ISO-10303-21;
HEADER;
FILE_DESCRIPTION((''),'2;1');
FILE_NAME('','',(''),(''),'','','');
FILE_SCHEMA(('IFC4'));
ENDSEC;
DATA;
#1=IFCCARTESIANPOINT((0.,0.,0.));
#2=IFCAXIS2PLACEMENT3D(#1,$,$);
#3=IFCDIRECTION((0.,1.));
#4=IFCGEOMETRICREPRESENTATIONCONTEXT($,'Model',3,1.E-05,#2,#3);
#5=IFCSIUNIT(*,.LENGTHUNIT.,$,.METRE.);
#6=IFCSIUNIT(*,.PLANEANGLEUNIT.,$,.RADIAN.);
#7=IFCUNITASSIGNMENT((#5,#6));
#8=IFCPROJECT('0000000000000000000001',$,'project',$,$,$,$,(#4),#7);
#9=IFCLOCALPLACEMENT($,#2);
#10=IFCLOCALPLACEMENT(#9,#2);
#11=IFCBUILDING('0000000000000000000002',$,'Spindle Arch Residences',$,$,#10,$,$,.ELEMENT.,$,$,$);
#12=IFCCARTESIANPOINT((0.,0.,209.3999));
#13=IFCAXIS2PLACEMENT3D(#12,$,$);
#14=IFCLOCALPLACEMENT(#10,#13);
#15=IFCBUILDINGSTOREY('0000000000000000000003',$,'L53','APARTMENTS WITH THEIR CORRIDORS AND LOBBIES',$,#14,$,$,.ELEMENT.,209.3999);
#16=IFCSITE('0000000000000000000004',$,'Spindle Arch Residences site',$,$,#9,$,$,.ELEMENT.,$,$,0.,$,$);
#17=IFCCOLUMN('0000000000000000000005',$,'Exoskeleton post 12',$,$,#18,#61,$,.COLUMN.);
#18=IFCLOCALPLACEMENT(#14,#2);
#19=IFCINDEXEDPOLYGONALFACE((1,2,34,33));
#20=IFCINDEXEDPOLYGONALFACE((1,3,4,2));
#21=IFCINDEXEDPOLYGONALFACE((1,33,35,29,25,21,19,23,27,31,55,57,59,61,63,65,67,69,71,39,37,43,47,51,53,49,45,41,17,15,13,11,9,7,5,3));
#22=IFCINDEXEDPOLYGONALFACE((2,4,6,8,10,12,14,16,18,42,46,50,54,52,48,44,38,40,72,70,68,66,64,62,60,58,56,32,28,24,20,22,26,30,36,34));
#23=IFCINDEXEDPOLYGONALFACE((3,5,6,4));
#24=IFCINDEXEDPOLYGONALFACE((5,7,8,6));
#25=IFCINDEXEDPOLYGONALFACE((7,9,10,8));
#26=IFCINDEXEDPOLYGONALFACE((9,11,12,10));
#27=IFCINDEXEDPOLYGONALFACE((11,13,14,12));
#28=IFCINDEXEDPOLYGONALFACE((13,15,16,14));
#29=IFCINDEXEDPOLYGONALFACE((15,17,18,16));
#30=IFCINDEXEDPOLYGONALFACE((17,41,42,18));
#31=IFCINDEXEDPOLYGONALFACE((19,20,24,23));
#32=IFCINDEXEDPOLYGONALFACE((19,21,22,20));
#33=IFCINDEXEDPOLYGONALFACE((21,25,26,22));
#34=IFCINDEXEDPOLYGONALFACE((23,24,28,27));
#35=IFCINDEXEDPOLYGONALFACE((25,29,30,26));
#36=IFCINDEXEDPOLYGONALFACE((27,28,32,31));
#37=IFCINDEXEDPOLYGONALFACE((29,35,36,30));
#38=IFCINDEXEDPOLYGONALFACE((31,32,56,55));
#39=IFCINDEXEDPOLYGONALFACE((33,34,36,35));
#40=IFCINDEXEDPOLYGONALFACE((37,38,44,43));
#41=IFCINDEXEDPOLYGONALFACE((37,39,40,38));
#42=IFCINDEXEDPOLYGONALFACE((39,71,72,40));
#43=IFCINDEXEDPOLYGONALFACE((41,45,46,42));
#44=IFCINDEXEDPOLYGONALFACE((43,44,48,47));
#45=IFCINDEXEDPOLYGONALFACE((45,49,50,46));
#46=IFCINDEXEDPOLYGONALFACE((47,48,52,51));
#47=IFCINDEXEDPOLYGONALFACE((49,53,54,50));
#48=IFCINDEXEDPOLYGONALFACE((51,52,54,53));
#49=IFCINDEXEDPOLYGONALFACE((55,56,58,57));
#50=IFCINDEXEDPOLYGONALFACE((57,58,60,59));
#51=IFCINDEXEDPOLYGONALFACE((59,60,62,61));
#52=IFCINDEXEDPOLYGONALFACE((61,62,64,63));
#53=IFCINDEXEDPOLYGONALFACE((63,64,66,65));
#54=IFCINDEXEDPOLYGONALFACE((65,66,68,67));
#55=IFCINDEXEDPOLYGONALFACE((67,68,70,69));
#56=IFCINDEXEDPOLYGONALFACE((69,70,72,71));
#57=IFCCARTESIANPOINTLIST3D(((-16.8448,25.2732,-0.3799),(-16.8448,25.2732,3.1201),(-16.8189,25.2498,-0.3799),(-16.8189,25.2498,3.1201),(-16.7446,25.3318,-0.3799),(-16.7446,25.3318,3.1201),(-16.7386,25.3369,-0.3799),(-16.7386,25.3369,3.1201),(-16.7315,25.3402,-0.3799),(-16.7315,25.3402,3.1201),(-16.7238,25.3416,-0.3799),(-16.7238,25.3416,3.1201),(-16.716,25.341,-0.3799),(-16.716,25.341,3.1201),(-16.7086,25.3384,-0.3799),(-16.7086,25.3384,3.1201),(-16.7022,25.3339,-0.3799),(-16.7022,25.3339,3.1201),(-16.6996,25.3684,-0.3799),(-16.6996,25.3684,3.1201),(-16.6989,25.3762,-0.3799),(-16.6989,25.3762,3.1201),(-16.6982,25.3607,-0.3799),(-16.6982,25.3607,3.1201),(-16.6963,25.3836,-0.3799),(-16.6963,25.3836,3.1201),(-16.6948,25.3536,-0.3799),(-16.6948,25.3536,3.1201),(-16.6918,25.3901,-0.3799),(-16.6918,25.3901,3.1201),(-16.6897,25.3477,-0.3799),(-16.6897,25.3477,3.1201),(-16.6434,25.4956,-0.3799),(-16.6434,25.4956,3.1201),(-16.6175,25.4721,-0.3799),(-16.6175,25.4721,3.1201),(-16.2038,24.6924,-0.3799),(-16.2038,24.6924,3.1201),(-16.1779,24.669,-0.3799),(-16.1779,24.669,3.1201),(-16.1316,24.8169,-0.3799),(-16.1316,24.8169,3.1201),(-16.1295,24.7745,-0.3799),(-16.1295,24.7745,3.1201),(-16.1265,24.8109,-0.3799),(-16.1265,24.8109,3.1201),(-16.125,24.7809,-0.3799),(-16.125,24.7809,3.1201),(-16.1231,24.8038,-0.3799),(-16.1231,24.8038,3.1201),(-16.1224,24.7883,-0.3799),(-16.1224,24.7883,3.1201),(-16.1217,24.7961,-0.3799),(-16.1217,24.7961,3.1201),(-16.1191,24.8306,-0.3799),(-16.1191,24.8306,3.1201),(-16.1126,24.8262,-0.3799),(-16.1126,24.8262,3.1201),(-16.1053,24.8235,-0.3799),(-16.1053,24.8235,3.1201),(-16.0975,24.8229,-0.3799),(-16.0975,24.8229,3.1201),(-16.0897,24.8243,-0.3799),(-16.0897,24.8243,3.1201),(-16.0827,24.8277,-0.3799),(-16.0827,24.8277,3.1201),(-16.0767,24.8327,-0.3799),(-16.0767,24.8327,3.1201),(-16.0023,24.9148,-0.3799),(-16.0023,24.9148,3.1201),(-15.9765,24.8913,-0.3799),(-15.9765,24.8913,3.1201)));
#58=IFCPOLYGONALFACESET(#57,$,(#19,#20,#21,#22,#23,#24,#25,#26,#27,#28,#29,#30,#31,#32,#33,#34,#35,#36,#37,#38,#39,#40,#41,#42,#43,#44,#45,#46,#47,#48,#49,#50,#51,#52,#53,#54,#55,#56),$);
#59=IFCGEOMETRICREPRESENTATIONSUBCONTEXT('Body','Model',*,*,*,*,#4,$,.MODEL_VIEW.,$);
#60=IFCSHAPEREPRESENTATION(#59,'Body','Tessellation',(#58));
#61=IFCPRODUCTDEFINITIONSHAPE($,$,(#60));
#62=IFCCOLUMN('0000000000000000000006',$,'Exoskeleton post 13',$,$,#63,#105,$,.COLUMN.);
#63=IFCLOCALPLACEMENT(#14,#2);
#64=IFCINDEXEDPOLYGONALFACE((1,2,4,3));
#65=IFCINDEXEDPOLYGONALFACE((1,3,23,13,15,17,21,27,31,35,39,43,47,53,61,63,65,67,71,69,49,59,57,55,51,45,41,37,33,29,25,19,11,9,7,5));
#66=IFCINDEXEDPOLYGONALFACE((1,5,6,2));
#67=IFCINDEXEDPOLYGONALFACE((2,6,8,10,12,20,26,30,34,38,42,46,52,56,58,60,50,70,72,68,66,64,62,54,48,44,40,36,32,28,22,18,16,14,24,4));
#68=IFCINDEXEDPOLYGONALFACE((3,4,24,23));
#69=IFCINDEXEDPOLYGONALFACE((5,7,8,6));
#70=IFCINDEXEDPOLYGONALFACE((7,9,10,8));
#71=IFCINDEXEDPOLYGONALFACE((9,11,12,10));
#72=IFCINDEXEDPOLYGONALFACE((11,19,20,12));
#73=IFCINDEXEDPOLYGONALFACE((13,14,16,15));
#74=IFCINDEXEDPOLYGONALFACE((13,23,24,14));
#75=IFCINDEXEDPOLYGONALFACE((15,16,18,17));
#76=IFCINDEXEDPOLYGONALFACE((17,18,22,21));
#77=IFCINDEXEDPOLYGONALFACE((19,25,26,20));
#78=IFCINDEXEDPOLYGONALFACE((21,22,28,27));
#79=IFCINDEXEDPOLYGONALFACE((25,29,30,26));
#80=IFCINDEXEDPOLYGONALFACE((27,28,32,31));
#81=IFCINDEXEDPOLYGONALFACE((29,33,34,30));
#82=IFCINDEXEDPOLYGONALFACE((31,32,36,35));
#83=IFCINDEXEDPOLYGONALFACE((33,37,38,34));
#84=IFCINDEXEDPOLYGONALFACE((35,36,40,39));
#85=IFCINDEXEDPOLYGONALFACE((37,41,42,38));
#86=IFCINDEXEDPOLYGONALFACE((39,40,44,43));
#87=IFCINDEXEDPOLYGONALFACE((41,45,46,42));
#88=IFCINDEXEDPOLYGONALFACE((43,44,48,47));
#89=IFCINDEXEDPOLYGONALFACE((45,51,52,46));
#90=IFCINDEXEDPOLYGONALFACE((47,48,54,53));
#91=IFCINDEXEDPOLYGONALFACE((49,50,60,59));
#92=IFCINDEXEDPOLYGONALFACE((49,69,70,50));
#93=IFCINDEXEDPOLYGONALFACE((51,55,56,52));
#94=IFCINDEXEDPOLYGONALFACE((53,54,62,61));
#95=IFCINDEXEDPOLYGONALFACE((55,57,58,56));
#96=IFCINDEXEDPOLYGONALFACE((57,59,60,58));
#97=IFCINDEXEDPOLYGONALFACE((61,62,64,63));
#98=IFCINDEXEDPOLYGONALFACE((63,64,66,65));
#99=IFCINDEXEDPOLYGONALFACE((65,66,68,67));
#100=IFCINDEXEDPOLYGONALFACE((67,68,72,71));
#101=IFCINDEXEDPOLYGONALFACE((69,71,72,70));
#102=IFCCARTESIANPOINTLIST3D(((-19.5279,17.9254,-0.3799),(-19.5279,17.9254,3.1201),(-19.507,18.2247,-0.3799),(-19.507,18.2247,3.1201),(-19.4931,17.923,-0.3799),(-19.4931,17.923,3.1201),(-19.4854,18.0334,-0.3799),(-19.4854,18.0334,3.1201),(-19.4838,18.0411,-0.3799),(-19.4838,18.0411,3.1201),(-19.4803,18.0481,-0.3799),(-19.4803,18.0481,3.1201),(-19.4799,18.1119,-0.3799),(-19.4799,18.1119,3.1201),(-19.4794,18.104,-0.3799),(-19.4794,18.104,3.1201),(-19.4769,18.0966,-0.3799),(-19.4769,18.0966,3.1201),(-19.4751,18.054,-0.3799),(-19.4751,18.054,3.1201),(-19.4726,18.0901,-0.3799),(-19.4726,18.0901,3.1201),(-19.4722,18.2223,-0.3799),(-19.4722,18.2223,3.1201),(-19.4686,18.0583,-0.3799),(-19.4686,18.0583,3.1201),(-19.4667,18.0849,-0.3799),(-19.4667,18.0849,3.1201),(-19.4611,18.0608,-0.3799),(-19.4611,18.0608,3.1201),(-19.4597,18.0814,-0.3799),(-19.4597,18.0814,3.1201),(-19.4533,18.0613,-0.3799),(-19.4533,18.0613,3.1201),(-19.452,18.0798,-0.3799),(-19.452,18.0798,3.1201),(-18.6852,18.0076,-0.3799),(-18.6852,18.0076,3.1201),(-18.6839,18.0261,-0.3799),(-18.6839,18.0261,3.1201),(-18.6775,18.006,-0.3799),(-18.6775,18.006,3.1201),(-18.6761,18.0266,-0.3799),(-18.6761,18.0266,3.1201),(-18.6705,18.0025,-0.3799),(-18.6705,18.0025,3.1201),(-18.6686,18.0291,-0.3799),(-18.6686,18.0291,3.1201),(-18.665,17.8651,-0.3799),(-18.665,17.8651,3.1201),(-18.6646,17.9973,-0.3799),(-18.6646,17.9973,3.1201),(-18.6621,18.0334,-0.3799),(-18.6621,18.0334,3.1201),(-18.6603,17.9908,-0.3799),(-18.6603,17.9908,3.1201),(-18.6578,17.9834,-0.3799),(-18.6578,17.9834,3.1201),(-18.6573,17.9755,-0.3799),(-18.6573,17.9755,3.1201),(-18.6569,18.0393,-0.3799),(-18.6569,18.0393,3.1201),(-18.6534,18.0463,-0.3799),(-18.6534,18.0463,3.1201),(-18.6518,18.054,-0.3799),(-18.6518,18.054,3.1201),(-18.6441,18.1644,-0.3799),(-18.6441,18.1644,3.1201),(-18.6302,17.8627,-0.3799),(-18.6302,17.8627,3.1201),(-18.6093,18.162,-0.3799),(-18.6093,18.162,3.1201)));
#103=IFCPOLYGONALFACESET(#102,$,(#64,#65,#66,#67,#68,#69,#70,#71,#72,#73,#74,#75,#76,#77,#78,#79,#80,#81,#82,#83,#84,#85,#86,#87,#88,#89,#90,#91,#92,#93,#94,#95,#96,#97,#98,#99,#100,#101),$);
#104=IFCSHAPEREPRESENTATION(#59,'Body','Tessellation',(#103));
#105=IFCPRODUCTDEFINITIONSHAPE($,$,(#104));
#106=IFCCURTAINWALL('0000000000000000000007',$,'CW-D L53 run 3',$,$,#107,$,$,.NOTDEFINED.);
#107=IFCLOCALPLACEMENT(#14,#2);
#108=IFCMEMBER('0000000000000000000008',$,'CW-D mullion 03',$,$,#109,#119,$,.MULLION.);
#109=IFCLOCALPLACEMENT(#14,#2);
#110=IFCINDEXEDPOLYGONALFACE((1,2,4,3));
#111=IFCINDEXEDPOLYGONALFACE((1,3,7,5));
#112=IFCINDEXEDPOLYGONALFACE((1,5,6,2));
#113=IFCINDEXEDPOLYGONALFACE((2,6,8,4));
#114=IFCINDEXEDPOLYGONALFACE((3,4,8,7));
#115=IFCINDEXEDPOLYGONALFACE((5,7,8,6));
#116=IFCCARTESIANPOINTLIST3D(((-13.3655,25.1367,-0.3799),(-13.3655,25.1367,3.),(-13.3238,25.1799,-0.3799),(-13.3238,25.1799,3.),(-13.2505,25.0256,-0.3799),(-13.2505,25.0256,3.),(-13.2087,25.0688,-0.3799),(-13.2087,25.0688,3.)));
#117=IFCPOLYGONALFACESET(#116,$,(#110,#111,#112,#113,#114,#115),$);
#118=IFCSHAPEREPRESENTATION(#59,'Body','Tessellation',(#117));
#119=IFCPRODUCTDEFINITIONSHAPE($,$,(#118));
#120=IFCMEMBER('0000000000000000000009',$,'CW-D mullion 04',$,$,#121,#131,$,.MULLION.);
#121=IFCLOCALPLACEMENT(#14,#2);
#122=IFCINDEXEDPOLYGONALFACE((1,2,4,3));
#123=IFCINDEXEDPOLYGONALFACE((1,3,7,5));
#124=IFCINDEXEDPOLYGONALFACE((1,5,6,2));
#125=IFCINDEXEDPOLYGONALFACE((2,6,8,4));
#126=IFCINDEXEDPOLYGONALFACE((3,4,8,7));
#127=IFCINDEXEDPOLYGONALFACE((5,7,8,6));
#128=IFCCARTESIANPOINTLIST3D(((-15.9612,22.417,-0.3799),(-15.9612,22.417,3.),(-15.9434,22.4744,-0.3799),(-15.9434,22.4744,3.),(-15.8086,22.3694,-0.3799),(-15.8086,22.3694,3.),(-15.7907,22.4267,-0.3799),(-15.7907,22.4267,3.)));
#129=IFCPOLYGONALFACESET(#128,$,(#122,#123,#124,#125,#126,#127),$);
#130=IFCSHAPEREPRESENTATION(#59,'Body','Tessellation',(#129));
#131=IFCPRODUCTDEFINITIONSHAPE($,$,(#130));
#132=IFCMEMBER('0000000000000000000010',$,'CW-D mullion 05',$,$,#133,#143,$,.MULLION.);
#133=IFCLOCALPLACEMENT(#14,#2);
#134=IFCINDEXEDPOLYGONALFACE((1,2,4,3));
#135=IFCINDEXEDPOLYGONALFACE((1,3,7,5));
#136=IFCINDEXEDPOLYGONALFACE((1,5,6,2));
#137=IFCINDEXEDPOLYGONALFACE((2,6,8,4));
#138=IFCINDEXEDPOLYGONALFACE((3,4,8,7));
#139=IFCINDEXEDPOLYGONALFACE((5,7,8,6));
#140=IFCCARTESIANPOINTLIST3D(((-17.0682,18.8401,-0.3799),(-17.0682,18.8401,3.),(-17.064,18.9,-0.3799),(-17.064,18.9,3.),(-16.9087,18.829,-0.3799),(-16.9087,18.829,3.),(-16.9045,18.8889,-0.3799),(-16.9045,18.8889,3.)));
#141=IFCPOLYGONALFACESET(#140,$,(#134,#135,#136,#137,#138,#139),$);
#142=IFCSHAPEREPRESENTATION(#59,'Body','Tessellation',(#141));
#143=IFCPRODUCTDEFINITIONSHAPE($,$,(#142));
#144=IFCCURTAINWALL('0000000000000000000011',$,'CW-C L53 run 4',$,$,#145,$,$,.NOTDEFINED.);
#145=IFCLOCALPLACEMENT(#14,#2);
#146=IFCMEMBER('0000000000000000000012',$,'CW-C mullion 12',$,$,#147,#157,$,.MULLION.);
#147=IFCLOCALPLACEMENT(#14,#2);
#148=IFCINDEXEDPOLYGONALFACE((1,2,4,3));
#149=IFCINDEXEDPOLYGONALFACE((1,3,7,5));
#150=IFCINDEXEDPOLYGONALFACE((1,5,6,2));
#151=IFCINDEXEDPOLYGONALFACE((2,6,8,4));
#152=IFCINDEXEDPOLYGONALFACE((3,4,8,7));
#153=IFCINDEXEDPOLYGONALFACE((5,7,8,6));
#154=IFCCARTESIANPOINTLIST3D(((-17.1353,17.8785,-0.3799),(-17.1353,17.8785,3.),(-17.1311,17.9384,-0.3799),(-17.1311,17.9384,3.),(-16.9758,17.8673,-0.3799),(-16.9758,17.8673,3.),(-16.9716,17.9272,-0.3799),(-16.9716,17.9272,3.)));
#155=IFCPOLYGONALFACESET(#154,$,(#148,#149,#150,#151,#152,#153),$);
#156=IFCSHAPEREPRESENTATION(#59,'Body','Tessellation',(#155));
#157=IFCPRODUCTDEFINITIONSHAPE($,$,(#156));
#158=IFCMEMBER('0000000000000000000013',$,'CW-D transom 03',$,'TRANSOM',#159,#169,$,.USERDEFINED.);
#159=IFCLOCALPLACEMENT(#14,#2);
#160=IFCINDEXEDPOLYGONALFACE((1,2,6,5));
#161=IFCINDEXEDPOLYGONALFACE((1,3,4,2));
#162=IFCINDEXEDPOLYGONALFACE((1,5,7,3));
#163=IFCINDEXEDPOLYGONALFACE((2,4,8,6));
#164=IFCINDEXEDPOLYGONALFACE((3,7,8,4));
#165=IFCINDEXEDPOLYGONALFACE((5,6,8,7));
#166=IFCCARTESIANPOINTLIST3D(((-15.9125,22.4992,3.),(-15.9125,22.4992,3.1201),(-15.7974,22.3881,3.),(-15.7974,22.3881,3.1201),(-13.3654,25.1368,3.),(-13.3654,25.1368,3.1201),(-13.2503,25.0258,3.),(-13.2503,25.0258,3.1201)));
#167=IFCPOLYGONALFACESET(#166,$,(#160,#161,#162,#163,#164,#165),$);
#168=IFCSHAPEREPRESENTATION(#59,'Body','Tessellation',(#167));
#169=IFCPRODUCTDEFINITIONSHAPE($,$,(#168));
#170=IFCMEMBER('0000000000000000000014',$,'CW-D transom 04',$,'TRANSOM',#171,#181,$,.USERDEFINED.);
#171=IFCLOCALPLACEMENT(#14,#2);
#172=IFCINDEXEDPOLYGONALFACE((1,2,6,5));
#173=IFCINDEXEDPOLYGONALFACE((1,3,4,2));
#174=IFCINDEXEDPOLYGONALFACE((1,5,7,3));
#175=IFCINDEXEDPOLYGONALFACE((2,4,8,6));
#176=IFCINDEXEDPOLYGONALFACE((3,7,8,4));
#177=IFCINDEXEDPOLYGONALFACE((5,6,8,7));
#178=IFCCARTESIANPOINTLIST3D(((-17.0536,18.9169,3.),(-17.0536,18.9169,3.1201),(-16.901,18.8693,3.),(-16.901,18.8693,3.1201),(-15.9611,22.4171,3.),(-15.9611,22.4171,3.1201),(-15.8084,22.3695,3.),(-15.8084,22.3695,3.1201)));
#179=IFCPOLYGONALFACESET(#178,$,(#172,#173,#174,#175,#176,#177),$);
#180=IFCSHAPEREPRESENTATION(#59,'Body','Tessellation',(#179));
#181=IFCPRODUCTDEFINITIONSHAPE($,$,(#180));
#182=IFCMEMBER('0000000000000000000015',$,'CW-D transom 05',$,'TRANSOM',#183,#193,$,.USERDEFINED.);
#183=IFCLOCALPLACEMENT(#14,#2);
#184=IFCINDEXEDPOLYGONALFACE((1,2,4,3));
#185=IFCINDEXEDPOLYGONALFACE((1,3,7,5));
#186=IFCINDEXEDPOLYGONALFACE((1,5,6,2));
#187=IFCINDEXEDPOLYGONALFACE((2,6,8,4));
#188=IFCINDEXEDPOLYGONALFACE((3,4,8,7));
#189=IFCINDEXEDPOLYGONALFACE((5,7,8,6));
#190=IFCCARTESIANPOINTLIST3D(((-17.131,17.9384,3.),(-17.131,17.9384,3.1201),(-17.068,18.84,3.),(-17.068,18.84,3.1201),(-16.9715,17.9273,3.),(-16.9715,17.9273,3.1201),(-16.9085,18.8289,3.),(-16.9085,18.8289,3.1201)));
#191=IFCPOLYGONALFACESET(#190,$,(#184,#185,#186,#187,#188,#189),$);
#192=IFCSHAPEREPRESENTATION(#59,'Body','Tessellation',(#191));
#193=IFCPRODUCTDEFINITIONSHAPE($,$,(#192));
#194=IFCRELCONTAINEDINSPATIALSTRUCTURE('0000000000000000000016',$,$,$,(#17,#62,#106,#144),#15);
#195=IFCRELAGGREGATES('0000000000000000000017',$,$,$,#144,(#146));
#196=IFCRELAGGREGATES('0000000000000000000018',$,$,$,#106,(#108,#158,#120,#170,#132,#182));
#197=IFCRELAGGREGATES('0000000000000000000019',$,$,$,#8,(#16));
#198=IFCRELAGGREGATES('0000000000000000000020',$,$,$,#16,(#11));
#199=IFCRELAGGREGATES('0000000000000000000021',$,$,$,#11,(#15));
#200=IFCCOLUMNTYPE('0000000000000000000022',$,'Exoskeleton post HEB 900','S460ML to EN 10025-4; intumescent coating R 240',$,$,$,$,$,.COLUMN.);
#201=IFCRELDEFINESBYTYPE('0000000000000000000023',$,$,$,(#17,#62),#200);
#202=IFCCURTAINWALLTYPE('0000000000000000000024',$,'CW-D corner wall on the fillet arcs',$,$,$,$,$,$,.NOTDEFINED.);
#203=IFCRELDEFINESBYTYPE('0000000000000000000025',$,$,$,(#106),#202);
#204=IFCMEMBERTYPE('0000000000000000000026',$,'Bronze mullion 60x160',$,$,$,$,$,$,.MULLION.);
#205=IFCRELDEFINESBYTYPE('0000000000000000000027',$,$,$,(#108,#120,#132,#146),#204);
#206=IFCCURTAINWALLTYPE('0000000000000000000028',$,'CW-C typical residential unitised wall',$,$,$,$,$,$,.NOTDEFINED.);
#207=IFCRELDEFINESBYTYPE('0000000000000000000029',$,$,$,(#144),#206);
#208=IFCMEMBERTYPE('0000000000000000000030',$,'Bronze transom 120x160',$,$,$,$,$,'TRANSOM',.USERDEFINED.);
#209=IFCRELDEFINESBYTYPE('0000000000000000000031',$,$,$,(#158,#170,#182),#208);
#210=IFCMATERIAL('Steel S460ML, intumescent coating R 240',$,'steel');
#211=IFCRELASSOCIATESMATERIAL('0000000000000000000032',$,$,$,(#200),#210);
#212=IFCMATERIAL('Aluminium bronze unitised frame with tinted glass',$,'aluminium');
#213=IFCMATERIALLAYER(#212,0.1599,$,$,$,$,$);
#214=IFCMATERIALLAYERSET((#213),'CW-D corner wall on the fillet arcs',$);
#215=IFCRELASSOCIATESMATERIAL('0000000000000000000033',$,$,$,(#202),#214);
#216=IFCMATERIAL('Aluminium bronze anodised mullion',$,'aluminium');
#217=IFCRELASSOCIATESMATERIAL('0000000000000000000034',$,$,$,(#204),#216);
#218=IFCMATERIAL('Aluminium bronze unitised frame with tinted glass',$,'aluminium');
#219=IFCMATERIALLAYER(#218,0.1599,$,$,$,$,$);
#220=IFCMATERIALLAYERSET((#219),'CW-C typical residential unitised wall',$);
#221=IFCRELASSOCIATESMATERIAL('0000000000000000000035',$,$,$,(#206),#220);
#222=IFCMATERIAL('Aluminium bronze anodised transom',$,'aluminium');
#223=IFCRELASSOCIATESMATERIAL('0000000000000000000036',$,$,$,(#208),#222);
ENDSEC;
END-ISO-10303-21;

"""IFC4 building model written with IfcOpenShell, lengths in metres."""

from ifc_helpers import new_model, si_unit, direction, frame, origin, origin_2d, place, context, subcontext, project, spatial, rectangle, i_section, extrude, material, layer, layer_set, material_profile, profile_set, type_object, element, aggregate, save


model = new_model("IFC4")

# Units and contexts
model_context = context("Model", 3, precision=1e-05, world=origin(), true_north=direction((0.0, 1.0)))
body_context = subcontext(model_context, "Body", "Model", "MODEL_VIEW")
ifc_project = project(units=[si_unit("LENGTHUNIT", "METRE"), si_unit("PLANEANGLEUNIT", "RADIAN")], contexts=[model_context])

# Site, building, storey
site_placement = place(None, origin())
site = spatial("IfcSite", under=ifc_project, at=site_placement, Name="Spindle Arch Residences site", CompositionType="ELEMENT", RefElevation=0.0)
building_placement = place(site_placement, origin())
building = spatial("IfcBuilding", under=site, at=building_placement, Name="Spindle Arch Residences", CompositionType="ELEMENT")
storey_placement = place(building_placement, frame((0.0, 0.0, 209.3999)))
storey = spatial("IfcBuildingStorey", under=building, at=storey_placement, Name="L53", Description="APARTMENTS WITH THEIR CORRIDORS AND LOBBIES", CompositionType="ELEMENT", Elevation=209.3999)

# Columns
ifc_material_1 = material(Name="Steel S460ML, intumescent coating R 240", Category="steel")
ifc_material_profile_1 = material_profile(ifc_material_1, i_section(OverallWidth=0.3, OverallDepth=0.8999, WebThickness=0.0186, FlangeThickness=0.0349, FilletRadius=0.03, at=origin_2d()), Name="HEB 900")
ifc_profile_set_1 = profile_set([ifc_material_profile_1], Name="Steel S460ML, intumescent coating R 240")
column_type = type_object("IfcColumnType", Name="Exoskeleton post HEB 900", Description="S460ML to EN 10025-4; intumescent coating R 240", PredefinedType="COLUMN", material=ifc_profile_set_1)
for number, where, z_axis, x_axis, name in (
    (1, (-16.4106, 25.0823, -0.3799), (0.0, 0.0, 1.0), (0.671428, 0.74107, 0.0), "Exoskeleton post 12"),
    (2, (-19.0686, 18.0437, -0.3799), (0.0, 0.0, 1.0), (0.069756, 0.997564, 0.0), "Exoskeleton post 13"),
):
    element("IfcColumn", number, at=place(storey_placement, frame(where, z_axis=z_axis, x_axis=x_axis)), inside=storey, type_object=column_type, Name=name, PredefinedType="COLUMN", context=body_context, shape_type="SweptSolid", body=[
        extrude(i_section(OverallWidth=0.3, OverallDepth=0.8999, WebThickness=0.0186, FlangeThickness=0.0349, FilletRadius=0.03, at=origin_2d()), origin(), (0.0, 0.0, 1.0), 3.5),
    ])

# Curtain wall, members
ifc_material_2 = material(Name="Aluminium bronze unitised frame with tinted glass", Category="aluminium")
ifc_layer_1 = layer(ifc_material_2, 0.1599)
ifc_layer_set_1 = layer_set([ifc_layer_1], Name="CW-D corner wall on the fillet arcs")
curtain_wall_type_1 = type_object("IfcCurtainWallType", Name="CW-D corner wall on the fillet arcs", PredefinedType="NOTDEFINED", material=ifc_layer_set_1)
curtain_wall_1_placement = place(storey_placement, origin())
curtain_wall_1 = element("IfcCurtainWall", 3, at=curtain_wall_1_placement, inside=storey, type_object=curtain_wall_type_1, Name="CW-D L53 run 3", PredefinedType="NOTDEFINED")
ifc_material_3 = material(Name="Aluminium bronze anodised mullion", Category="aluminium")
ifc_material_profile_2 = material_profile(ifc_material_3, rectangle(XDim=0.1599, YDim=0.0601, at=origin_2d()), Name="MU 60x160")
ifc_profile_set_2 = profile_set([ifc_material_profile_2], Name="Aluminium bronze anodised mullion")
member_type_1 = type_object("IfcMemberType", Name="Bronze mullion 60x160", PredefinedType="MULLION", material=ifc_profile_set_2)
member_1_placement = place(storey_placement, frame((-13.2871, 25.1028, -0.3799), z_axis=(0.0, 0.0, 1.0), x_axis=(0.71934, -0.694658, 0.0)))
member_1 = element("IfcMember", 4, at=member_1_placement, type_object=member_type_1, Name="CW-D mullion 03", PredefinedType="MULLION", context=body_context, shape_type="SweptSolid", body=[
    extrude(rectangle(XDim=0.1599, YDim=0.0601, at=origin_2d()), origin(), (0.0, 0.0, 1.0), 3.3799),
])
member_2_placement = place(storey_placement, frame((-15.876, 22.4219, -0.3799), z_axis=(0.0, 0.0, 1.0), x_axis=(0.954588, -0.29793, 0.0)))
member_2 = element("IfcMember", 5, at=member_2_placement, type_object=member_type_1, Name="CW-D mullion 04", PredefinedType="MULLION", context=body_context, shape_type="SweptSolid", body=[
    extrude(rectangle(XDim=0.1599, YDim=0.0601, at=origin_2d()), origin(), (0.0, 0.0, 1.0), 3.3799),
])
member_3_placement = place(storey_placement, frame((-16.9863, 18.8645, -0.3799), z_axis=(0.0, 0.0, 1.0), x_axis=(0.997564, -0.069756, 0.0)))
member_3 = element("IfcMember", 6, at=member_3_placement, type_object=member_type_1, Name="CW-D mullion 05", PredefinedType="MULLION", context=body_context, shape_type="SweptSolid", body=[
    extrude(rectangle(XDim=0.1599, YDim=0.0601, at=origin_2d()), origin(), (0.0, 0.0, 1.0), 3.3799),
])

# Curtain wall, member
ifc_material_4 = material(Name="Aluminium bronze unitised frame with tinted glass", Category="aluminium")
ifc_layer_2 = layer(ifc_material_4, 0.1599)
ifc_layer_set_2 = layer_set([ifc_layer_2], Name="CW-C typical residential unitised wall")
curtain_wall_type_2 = type_object("IfcCurtainWallType", Name="CW-C typical residential unitised wall", PredefinedType="NOTDEFINED", material=ifc_layer_set_2)
curtain_wall_2_placement = place(storey_placement, origin())
curtain_wall_2 = element("IfcCurtainWall", 7, at=curtain_wall_2_placement, inside=storey, type_object=curtain_wall_type_2, Name="CW-C L53 run 4", PredefinedType="NOTDEFINED")
member_4_placement = place(storey_placement, frame((-17.0535, 17.9028, -0.3799), z_axis=(0.0, 0.0, 1.0), x_axis=(0.997564, -0.069756, 0.0)))
member_4 = element("IfcMember", 8, at=member_4_placement, type_object=member_type_1, Name="CW-C mullion 12", PredefinedType="MULLION", context=body_context, shape_type="SweptSolid", body=[
    extrude(rectangle(XDim=0.1599, YDim=0.0601, at=origin_2d()), origin(), (0.0, 0.0, 1.0), 3.3799),
])

# Members
ifc_material_5 = material(Name="Aluminium bronze anodised transom", Category="aluminium")
ifc_material_profile_3 = material_profile(ifc_material_5, rectangle(XDim=0.1599, YDim=0.1201, at=origin_2d()), Name="TR 120x160")
ifc_profile_set_3 = profile_set([ifc_material_profile_3], Name="Aluminium bronze anodised transom")
member_type_2 = type_object("IfcMemberType", Name="Bronze transom 120x160", ElementType="TRANSOM", PredefinedType="USERDEFINED", material=ifc_profile_set_3)
member_5_placement = place(storey_placement, frame((-13.3079, 25.0813, 3.0601), z_axis=(-0.694648, -0.71935, 0.0), x_axis=(0.71935, -0.694648, 0.0)))
member_5 = element("IfcMember", 9, at=member_5_placement, type_object=member_type_2, Name="CW-D transom 03", ObjectType="TRANSOM", PredefinedType="USERDEFINED", context=body_context, shape_type="SweptSolid", body=[
    extrude(rectangle(XDim=0.1599, YDim=0.1201, at=origin_2d()), origin(), (0.0, 0.0, 1.0), 3.6667),
])
member_6_placement = place(storey_placement, frame((-15.8848, 22.3933, 3.0601), z_axis=(-0.297953, -0.954581, 0.0), x_axis=(0.954581, -0.297953, 0.0)))
member_6 = element("IfcMember", 10, at=member_6_placement, type_object=member_type_2, Name="CW-D transom 04", ObjectType="TRANSOM", PredefinedType="USERDEFINED", context=body_context, shape_type="SweptSolid", body=[
    extrude(rectangle(XDim=0.1599, YDim=0.1201, at=origin_2d()), origin(), (0.0, 0.0, 1.0), 3.6667),
])
member_7_placement = place(storey_placement, frame((-16.9883, 18.8345, 3.0601), z_axis=(-0.069692, -0.997569, 0.0), x_axis=(0.997569, -0.069692, 0.0)))
member_7 = element("IfcMember", 11, at=member_7_placement, type_object=member_type_2, Name="CW-D transom 05", ObjectType="TRANSOM", PredefinedType="USERDEFINED", context=body_context, shape_type="SweptSolid", body=[
    extrude(rectangle(XDim=0.1599, YDim=0.1201, at=origin_2d()), origin(), (0.0, 0.0, 1.0), 0.9038),
])
aggregate(curtain_wall_2, [member_4])

aggregate(curtain_wall_1, [member_1, member_5, member_2, member_6, member_3, member_7])

save(model, "model.ifc")
